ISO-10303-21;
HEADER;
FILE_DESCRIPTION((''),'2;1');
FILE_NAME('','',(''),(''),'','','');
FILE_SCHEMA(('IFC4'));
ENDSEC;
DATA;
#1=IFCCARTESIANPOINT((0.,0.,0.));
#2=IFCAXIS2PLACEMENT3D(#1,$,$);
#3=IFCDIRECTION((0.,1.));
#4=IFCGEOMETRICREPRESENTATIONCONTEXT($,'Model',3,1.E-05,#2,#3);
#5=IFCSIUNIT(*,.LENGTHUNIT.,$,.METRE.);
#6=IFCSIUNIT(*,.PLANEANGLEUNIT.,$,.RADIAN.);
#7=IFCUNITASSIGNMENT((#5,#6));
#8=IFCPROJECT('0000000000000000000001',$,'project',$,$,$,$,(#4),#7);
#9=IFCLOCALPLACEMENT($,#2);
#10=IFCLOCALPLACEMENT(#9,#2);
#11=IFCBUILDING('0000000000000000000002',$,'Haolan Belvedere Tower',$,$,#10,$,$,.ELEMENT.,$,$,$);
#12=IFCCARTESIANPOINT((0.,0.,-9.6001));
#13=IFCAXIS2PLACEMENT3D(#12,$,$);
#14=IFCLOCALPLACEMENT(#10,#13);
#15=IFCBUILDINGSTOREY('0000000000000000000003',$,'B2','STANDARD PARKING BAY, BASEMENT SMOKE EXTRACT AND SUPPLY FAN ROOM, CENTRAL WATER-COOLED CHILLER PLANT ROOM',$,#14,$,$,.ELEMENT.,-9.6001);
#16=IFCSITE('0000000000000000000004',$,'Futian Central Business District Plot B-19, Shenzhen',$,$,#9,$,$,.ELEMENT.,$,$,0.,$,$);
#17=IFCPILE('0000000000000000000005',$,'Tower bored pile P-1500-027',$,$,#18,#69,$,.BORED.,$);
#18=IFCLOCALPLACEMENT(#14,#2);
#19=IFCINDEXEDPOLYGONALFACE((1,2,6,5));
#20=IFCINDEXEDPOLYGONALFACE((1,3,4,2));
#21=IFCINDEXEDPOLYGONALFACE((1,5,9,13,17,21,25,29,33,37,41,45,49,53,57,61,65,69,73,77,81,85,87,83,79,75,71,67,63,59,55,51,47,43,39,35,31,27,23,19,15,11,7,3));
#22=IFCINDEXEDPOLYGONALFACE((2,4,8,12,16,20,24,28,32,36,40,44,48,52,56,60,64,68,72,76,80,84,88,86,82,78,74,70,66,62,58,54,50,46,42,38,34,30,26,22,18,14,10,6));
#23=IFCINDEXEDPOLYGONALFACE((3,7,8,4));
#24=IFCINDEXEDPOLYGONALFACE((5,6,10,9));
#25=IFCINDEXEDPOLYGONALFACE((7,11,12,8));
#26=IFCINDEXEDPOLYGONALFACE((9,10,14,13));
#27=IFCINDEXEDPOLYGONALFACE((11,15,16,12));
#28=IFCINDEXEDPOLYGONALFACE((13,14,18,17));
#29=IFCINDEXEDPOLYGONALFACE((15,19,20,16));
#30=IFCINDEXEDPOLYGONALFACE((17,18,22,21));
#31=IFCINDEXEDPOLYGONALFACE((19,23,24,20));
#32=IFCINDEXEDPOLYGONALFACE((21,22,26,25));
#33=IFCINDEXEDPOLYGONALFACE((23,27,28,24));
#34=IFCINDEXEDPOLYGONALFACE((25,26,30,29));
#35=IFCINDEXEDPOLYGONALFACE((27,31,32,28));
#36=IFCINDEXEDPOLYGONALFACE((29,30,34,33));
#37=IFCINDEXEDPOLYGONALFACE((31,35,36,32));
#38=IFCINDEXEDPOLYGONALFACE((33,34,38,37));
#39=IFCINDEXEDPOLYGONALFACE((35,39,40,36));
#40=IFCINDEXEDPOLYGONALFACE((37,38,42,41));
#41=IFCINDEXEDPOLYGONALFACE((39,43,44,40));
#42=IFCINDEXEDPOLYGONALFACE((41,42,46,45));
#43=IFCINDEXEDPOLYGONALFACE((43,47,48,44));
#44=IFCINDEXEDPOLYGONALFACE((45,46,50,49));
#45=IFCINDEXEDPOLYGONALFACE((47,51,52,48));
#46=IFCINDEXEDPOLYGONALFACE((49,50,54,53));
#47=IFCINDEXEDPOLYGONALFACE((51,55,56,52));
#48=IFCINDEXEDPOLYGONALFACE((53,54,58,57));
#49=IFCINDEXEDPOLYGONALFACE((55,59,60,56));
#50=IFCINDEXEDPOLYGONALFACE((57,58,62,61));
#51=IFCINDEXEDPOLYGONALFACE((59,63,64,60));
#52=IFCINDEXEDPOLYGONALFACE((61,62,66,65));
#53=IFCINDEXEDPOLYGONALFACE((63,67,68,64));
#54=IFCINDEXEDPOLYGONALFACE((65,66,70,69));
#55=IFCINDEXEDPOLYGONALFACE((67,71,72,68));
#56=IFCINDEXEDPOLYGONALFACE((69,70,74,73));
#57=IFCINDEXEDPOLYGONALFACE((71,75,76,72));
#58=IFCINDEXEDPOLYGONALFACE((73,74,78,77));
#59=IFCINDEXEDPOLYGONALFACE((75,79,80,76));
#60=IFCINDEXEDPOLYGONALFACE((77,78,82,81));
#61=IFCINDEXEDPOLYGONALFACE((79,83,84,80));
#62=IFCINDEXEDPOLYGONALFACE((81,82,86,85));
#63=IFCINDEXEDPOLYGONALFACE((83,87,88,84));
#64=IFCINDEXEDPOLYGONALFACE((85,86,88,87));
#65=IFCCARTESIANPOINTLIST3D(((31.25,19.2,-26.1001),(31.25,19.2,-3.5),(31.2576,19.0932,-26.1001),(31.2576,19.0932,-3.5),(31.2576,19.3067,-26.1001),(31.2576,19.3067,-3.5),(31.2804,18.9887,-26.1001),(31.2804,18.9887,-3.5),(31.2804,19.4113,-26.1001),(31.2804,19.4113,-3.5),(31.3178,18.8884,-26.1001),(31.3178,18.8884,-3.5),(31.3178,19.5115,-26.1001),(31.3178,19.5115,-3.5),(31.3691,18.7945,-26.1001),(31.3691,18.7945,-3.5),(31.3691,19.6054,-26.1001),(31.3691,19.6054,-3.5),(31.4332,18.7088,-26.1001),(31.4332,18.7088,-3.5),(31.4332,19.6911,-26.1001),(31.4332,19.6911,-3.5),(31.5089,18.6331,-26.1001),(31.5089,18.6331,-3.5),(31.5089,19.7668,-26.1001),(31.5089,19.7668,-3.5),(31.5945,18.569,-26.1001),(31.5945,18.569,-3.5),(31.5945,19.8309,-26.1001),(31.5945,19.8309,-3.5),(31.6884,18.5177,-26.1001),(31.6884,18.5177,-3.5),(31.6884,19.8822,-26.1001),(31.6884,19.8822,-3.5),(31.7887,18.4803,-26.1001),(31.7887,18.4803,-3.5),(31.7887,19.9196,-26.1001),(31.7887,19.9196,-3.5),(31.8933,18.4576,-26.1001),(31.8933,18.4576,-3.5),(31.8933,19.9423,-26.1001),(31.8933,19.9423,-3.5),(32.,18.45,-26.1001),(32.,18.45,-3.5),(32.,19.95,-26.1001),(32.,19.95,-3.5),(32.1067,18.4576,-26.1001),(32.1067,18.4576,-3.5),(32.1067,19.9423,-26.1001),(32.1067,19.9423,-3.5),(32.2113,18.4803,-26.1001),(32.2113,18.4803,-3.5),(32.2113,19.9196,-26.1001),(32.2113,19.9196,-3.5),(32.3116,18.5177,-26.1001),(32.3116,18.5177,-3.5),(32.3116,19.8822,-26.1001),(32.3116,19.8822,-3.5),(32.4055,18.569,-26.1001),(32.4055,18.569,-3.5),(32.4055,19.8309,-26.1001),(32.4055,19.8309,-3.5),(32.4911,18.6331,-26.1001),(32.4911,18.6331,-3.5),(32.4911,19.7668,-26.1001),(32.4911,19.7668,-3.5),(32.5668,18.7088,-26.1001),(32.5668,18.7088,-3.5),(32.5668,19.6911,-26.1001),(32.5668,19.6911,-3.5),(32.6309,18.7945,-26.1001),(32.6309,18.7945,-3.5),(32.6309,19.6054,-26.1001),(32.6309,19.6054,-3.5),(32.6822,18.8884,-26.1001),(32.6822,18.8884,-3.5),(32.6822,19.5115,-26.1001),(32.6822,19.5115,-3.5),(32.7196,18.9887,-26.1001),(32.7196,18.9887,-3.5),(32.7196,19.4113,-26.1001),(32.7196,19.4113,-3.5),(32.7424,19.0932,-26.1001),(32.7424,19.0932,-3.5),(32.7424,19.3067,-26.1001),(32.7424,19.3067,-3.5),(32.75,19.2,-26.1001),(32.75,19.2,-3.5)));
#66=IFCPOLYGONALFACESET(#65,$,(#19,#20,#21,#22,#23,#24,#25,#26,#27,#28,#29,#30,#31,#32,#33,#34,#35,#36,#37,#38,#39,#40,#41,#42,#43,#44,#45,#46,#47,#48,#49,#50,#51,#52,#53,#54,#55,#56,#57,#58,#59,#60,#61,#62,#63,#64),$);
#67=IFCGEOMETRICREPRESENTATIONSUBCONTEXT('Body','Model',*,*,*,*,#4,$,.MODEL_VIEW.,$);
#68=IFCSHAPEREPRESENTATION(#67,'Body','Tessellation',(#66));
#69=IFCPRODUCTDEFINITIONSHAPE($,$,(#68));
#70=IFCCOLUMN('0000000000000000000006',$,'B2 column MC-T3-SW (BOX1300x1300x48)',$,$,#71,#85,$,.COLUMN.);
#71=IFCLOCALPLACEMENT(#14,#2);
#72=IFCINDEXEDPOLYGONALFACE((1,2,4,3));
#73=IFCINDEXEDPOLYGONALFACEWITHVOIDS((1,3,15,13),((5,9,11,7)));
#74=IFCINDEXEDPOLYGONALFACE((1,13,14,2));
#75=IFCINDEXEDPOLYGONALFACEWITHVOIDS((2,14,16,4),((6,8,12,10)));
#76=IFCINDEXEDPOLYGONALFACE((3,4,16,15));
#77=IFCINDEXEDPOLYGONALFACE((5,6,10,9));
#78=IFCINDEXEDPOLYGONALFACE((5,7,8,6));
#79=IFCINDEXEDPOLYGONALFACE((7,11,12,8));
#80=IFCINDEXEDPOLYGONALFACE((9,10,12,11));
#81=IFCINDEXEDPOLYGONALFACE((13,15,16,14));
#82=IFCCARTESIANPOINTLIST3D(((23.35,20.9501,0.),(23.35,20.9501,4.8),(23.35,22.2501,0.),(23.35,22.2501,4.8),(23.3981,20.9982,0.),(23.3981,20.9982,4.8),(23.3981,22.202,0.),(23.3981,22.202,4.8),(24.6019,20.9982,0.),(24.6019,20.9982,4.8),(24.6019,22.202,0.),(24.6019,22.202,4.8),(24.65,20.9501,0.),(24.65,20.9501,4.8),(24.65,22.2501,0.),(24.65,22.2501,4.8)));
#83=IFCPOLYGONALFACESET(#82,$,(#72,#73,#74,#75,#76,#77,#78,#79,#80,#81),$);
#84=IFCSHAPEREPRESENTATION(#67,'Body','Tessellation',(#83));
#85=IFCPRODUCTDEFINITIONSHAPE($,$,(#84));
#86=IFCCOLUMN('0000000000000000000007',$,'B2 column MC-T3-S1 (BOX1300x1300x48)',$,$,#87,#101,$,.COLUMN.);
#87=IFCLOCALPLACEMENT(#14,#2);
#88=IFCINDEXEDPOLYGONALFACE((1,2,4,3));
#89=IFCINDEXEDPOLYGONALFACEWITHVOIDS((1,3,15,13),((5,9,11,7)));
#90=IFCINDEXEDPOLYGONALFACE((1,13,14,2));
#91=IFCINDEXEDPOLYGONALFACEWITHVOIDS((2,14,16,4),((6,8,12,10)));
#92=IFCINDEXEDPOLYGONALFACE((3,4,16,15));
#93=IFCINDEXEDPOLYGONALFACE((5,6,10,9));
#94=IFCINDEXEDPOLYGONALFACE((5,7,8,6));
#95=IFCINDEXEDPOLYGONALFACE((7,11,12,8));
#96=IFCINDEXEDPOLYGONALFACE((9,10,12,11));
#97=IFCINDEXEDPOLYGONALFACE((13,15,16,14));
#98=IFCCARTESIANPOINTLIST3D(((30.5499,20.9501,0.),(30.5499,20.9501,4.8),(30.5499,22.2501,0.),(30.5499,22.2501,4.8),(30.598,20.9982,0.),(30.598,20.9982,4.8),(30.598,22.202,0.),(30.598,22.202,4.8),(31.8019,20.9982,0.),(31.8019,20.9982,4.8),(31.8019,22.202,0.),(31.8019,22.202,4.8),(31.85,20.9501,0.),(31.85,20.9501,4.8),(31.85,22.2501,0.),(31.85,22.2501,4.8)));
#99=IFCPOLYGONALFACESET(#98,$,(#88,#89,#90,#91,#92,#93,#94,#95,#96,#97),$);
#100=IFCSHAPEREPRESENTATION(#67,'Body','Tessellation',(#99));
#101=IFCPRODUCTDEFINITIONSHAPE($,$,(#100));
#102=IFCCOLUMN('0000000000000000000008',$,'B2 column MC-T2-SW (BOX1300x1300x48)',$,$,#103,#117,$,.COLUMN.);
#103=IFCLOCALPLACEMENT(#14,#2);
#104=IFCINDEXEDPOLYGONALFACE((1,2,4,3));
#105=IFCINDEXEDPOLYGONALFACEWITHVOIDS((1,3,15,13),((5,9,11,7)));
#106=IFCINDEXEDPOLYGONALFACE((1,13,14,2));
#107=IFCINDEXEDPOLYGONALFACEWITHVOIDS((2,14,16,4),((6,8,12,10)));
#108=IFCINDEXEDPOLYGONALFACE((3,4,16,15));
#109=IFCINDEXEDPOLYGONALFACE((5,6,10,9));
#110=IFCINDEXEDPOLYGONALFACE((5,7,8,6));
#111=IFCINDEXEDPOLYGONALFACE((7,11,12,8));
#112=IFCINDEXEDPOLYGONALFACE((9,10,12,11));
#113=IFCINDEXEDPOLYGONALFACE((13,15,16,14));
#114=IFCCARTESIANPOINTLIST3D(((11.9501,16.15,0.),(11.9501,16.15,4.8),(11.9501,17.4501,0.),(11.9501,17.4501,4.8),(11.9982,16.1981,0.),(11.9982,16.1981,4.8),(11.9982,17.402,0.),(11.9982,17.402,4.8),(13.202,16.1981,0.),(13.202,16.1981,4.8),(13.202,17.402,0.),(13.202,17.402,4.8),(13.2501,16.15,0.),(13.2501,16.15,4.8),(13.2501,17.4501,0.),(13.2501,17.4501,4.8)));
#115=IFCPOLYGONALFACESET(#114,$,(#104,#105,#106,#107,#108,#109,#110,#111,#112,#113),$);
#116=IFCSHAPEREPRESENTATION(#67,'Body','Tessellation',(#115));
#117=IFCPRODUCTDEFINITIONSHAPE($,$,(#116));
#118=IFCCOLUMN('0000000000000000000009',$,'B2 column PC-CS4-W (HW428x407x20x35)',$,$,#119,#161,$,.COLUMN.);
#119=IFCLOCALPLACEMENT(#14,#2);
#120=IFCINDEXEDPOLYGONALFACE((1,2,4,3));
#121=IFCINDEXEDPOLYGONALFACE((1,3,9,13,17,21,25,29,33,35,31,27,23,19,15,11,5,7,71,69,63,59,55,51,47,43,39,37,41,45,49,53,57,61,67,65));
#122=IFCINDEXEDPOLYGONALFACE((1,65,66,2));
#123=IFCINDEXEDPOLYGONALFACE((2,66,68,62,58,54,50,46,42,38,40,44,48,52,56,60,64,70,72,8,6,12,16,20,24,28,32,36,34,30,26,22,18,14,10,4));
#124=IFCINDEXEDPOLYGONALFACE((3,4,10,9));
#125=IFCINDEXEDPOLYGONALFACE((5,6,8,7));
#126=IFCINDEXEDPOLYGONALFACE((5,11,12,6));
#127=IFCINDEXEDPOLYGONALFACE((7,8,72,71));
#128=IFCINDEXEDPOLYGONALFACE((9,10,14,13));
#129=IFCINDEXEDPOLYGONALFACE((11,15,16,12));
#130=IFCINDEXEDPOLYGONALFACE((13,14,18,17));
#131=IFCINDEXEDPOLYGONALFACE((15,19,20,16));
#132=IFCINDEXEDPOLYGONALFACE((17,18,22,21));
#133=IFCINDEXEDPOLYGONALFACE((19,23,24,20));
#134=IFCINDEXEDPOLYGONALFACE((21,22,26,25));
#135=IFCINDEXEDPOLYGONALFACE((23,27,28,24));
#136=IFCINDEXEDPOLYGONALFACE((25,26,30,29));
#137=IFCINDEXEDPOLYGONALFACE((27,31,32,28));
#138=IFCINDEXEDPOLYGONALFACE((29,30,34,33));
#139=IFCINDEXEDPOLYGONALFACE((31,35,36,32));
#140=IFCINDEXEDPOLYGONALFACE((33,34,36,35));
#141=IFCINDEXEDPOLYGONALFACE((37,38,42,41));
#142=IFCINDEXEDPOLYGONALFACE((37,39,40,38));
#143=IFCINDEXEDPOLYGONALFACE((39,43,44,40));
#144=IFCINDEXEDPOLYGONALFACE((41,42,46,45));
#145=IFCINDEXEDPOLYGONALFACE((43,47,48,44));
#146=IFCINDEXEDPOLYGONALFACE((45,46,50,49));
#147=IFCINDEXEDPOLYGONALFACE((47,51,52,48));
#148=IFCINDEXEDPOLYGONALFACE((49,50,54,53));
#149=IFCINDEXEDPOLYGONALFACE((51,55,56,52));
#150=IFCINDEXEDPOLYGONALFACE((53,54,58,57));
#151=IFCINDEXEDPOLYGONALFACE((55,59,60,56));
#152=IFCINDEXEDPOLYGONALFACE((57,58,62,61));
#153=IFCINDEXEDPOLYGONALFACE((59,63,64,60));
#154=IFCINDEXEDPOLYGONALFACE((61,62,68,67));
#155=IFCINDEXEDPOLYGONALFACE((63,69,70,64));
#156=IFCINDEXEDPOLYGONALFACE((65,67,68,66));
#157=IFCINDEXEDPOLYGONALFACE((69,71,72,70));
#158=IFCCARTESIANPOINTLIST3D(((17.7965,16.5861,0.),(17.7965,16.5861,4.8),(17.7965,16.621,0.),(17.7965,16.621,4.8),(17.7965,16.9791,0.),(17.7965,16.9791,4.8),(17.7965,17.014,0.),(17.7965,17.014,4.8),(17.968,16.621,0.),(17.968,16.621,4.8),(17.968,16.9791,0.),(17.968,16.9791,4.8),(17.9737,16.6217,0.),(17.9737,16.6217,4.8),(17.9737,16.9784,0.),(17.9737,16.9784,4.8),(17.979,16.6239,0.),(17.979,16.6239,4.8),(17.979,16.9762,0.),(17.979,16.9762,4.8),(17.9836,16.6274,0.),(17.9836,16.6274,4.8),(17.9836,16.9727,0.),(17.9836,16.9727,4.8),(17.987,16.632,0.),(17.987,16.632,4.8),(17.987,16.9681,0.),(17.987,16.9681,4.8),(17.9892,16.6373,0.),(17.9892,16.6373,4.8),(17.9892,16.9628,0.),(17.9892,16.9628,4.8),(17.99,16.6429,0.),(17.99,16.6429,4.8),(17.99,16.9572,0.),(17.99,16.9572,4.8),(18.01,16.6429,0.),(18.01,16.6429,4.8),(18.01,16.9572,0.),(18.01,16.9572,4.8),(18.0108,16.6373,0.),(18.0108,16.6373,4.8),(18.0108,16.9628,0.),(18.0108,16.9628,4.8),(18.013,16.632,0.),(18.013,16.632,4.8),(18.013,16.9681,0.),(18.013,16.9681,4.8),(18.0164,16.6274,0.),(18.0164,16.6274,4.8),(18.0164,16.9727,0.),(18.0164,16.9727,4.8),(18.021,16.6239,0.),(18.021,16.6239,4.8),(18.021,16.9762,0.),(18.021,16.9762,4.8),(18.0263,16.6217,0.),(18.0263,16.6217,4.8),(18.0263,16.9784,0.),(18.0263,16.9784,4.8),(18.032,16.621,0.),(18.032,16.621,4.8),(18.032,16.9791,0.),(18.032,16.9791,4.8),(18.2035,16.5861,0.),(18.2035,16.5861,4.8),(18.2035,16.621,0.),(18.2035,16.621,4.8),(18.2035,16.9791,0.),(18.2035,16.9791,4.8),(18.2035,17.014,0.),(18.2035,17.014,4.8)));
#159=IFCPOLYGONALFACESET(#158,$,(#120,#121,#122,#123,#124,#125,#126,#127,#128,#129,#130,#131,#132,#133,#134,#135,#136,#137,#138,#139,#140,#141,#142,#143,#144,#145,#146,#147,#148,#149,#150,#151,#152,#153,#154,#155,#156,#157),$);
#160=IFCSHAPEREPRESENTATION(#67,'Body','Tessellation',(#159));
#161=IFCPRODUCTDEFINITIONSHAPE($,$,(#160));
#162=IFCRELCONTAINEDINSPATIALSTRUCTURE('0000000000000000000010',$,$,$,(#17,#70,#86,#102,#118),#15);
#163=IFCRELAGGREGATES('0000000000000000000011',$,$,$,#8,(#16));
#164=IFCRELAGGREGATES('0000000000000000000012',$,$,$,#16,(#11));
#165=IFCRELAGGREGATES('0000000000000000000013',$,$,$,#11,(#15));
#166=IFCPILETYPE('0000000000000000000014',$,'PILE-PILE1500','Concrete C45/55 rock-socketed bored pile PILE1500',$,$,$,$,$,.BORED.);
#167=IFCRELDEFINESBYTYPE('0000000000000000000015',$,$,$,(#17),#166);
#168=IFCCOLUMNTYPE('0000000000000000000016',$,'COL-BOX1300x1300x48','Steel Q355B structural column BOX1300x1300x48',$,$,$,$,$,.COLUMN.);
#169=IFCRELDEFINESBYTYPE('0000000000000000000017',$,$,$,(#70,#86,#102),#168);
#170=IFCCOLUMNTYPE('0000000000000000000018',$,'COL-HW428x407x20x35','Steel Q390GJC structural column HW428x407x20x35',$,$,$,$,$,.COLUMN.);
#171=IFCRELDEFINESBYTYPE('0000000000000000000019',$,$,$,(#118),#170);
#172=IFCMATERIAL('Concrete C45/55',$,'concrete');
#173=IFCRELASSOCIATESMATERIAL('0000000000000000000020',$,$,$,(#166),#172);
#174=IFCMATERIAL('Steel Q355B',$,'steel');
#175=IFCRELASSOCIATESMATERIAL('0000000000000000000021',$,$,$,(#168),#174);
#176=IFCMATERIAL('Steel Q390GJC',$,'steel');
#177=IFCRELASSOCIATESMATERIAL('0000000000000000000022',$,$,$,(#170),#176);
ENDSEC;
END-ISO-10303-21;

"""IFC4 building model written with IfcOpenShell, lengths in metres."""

from ifc_helpers import new_model, si_unit, direction, frame, origin, origin_2d, place, context, subcontext, project, spatial, hollow_rectangle, circle, i_section, extrude, material, material_profile, profile_set, type_object, element, save


model = new_model("IFC4")

# Units and contexts
model_context = context("Model", 3, precision=1e-05, world=origin(), true_north=direction((0.0, 1.0)))
body_context = subcontext(model_context, "Body", "Model", "MODEL_VIEW")
ifc_project = project(units=[si_unit("LENGTHUNIT", "METRE"), si_unit("PLANEANGLEUNIT", "RADIAN")], contexts=[model_context])

# Site, building, storey
site_placement = place(None, origin())
site = spatial("IfcSite", under=ifc_project, at=site_placement, Name="Futian Central Business District Plot B-19, Shenzhen", CompositionType="ELEMENT", RefElevation=0.0)
building_placement = place(site_placement, origin())
building = spatial("IfcBuilding", under=site, at=building_placement, Name="Haolan Belvedere Tower", CompositionType="ELEMENT")
storey_placement = place(building_placement, frame((0.0, 0.0, -9.6001)))
storey = spatial("IfcBuildingStorey", under=building, at=storey_placement, Name="B2", Description="STANDARD PARKING BAY, BASEMENT SMOKE EXTRACT AND SUPPLY FAN ROOM, CENTRAL WATER-COOLED CHILLER PLANT ROOM", CompositionType="ELEMENT", Elevation=-9.6001)

# Pile
ifc_material_1 = material(Name="Concrete C45/55", Category="concrete")
ifc_material_profile_1 = material_profile(ifc_material_1, circle(Radius=0.75, at=origin_2d()), Name="Concrete C45/55")
ifc_profile_set_1 = profile_set([ifc_material_profile_1], Name="Concrete C45/55")
pile_type_1 = type_object("IfcPileType", Name="PILE-PILE1500", Description="Concrete C45/55 rock-socketed bored pile PILE1500", PredefinedType="BORED", material=ifc_profile_set_1)
for number, where, z_axis, x_axis, name in (
    (1, (32.0, 19.2, -3.5), (0.0, 0.0, -1.0), (1.0, 0.0, 0.0), "Tower bored pile P-1500-027"),
):
    element("IfcPile", number, at=place(storey_placement, frame(where, z_axis=z_axis, x_axis=x_axis)), inside=storey, type_object=pile_type_1, Name=name, PredefinedType="BORED", context=body_context, shape_type="SweptSolid", body=[
        extrude(circle(Radius=0.75, at=origin_2d()), origin(), (0.0, 0.0, 1.0), 22.6001),
    ])

# Columns
ifc_material_2 = material(Name="Steel Q355B", Category="steel")
ifc_material_profile_2 = material_profile(ifc_material_2, hollow_rectangle(XDim=1.3, YDim=1.3, WallThickness=0.0481, at=origin_2d()), Name="Steel Q355B")
ifc_profile_set_2 = profile_set([ifc_material_profile_2], Name="Steel Q355B")
column_type_1 = type_object("IfcColumnType", Name="COL-BOX1300x1300x48", Description="Steel Q355B structural column BOX1300x1300x48", PredefinedType="COLUMN", material=ifc_profile_set_2)
for number, where, z_axis, x_axis, name in (
    (2, (24.0, 21.6001, 0.0), (0.0, 0.0, 1.0), (1.0, 0.0, 0.0), "B2 column MC-T3-SW (BOX1300x1300x48)"),
    (3, (31.2, 21.6001, 0.0), (0.0, 0.0, 1.0), (1.0, 0.0, 0.0), "B2 column MC-T3-S1 (BOX1300x1300x48)"),
    (4, (12.6001, 16.8, 0.0), (0.0, 0.0, 1.0), (1.0, 0.0, 0.0), "B2 column MC-T2-SW (BOX1300x1300x48)"),
):
    element("IfcColumn", number, at=place(storey_placement, frame(where, z_axis=z_axis, x_axis=x_axis)), inside=storey, type_object=column_type_1, Name=name, PredefinedType="COLUMN", context=body_context, shape_type="SweptSolid", body=[
        extrude(hollow_rectangle(XDim=1.3, YDim=1.3, WallThickness=0.0481, at=origin_2d()), origin(), (0.0, 0.0, 1.0), 4.8),
    ])
ifc_material_3 = material(Name="Steel Q390GJC", Category="steel")
ifc_material_profile_3 = material_profile(ifc_material_3, i_section(OverallWidth=0.407, OverallDepth=0.428, WebThickness=0.02, FlangeThickness=0.0349, FilletRadius=0.022, at=origin_2d()), Name="Steel Q390GJC")
ifc_profile_set_3 = profile_set([ifc_material_profile_3], Name="Steel Q390GJC")
column_type_2 = type_object("IfcColumnType", Name="COL-HW428x407x20x35", Description="Steel Q390GJC structural column HW428x407x20x35", PredefinedType="COLUMN", material=ifc_profile_set_3)
column_placement = place(storey_placement, frame((18.0, 16.8, 0.0), z_axis=(0.0, 0.0, 1.0), x_axis=(1.0, 0.0, 0.0)))
element("IfcColumn", 5, at=column_placement, inside=storey, type_object=column_type_2, Name="B2 column PC-CS4-W (HW428x407x20x35)", PredefinedType="COLUMN", context=body_context, shape_type="SweptSolid", body=[
    extrude(i_section(OverallWidth=0.407, OverallDepth=0.428, WebThickness=0.02, FlangeThickness=0.0349, FilletRadius=0.022, at=origin_2d()), origin(), (0.0, 0.0, 1.0), 4.8),
])

save(model, "model.ifc")
